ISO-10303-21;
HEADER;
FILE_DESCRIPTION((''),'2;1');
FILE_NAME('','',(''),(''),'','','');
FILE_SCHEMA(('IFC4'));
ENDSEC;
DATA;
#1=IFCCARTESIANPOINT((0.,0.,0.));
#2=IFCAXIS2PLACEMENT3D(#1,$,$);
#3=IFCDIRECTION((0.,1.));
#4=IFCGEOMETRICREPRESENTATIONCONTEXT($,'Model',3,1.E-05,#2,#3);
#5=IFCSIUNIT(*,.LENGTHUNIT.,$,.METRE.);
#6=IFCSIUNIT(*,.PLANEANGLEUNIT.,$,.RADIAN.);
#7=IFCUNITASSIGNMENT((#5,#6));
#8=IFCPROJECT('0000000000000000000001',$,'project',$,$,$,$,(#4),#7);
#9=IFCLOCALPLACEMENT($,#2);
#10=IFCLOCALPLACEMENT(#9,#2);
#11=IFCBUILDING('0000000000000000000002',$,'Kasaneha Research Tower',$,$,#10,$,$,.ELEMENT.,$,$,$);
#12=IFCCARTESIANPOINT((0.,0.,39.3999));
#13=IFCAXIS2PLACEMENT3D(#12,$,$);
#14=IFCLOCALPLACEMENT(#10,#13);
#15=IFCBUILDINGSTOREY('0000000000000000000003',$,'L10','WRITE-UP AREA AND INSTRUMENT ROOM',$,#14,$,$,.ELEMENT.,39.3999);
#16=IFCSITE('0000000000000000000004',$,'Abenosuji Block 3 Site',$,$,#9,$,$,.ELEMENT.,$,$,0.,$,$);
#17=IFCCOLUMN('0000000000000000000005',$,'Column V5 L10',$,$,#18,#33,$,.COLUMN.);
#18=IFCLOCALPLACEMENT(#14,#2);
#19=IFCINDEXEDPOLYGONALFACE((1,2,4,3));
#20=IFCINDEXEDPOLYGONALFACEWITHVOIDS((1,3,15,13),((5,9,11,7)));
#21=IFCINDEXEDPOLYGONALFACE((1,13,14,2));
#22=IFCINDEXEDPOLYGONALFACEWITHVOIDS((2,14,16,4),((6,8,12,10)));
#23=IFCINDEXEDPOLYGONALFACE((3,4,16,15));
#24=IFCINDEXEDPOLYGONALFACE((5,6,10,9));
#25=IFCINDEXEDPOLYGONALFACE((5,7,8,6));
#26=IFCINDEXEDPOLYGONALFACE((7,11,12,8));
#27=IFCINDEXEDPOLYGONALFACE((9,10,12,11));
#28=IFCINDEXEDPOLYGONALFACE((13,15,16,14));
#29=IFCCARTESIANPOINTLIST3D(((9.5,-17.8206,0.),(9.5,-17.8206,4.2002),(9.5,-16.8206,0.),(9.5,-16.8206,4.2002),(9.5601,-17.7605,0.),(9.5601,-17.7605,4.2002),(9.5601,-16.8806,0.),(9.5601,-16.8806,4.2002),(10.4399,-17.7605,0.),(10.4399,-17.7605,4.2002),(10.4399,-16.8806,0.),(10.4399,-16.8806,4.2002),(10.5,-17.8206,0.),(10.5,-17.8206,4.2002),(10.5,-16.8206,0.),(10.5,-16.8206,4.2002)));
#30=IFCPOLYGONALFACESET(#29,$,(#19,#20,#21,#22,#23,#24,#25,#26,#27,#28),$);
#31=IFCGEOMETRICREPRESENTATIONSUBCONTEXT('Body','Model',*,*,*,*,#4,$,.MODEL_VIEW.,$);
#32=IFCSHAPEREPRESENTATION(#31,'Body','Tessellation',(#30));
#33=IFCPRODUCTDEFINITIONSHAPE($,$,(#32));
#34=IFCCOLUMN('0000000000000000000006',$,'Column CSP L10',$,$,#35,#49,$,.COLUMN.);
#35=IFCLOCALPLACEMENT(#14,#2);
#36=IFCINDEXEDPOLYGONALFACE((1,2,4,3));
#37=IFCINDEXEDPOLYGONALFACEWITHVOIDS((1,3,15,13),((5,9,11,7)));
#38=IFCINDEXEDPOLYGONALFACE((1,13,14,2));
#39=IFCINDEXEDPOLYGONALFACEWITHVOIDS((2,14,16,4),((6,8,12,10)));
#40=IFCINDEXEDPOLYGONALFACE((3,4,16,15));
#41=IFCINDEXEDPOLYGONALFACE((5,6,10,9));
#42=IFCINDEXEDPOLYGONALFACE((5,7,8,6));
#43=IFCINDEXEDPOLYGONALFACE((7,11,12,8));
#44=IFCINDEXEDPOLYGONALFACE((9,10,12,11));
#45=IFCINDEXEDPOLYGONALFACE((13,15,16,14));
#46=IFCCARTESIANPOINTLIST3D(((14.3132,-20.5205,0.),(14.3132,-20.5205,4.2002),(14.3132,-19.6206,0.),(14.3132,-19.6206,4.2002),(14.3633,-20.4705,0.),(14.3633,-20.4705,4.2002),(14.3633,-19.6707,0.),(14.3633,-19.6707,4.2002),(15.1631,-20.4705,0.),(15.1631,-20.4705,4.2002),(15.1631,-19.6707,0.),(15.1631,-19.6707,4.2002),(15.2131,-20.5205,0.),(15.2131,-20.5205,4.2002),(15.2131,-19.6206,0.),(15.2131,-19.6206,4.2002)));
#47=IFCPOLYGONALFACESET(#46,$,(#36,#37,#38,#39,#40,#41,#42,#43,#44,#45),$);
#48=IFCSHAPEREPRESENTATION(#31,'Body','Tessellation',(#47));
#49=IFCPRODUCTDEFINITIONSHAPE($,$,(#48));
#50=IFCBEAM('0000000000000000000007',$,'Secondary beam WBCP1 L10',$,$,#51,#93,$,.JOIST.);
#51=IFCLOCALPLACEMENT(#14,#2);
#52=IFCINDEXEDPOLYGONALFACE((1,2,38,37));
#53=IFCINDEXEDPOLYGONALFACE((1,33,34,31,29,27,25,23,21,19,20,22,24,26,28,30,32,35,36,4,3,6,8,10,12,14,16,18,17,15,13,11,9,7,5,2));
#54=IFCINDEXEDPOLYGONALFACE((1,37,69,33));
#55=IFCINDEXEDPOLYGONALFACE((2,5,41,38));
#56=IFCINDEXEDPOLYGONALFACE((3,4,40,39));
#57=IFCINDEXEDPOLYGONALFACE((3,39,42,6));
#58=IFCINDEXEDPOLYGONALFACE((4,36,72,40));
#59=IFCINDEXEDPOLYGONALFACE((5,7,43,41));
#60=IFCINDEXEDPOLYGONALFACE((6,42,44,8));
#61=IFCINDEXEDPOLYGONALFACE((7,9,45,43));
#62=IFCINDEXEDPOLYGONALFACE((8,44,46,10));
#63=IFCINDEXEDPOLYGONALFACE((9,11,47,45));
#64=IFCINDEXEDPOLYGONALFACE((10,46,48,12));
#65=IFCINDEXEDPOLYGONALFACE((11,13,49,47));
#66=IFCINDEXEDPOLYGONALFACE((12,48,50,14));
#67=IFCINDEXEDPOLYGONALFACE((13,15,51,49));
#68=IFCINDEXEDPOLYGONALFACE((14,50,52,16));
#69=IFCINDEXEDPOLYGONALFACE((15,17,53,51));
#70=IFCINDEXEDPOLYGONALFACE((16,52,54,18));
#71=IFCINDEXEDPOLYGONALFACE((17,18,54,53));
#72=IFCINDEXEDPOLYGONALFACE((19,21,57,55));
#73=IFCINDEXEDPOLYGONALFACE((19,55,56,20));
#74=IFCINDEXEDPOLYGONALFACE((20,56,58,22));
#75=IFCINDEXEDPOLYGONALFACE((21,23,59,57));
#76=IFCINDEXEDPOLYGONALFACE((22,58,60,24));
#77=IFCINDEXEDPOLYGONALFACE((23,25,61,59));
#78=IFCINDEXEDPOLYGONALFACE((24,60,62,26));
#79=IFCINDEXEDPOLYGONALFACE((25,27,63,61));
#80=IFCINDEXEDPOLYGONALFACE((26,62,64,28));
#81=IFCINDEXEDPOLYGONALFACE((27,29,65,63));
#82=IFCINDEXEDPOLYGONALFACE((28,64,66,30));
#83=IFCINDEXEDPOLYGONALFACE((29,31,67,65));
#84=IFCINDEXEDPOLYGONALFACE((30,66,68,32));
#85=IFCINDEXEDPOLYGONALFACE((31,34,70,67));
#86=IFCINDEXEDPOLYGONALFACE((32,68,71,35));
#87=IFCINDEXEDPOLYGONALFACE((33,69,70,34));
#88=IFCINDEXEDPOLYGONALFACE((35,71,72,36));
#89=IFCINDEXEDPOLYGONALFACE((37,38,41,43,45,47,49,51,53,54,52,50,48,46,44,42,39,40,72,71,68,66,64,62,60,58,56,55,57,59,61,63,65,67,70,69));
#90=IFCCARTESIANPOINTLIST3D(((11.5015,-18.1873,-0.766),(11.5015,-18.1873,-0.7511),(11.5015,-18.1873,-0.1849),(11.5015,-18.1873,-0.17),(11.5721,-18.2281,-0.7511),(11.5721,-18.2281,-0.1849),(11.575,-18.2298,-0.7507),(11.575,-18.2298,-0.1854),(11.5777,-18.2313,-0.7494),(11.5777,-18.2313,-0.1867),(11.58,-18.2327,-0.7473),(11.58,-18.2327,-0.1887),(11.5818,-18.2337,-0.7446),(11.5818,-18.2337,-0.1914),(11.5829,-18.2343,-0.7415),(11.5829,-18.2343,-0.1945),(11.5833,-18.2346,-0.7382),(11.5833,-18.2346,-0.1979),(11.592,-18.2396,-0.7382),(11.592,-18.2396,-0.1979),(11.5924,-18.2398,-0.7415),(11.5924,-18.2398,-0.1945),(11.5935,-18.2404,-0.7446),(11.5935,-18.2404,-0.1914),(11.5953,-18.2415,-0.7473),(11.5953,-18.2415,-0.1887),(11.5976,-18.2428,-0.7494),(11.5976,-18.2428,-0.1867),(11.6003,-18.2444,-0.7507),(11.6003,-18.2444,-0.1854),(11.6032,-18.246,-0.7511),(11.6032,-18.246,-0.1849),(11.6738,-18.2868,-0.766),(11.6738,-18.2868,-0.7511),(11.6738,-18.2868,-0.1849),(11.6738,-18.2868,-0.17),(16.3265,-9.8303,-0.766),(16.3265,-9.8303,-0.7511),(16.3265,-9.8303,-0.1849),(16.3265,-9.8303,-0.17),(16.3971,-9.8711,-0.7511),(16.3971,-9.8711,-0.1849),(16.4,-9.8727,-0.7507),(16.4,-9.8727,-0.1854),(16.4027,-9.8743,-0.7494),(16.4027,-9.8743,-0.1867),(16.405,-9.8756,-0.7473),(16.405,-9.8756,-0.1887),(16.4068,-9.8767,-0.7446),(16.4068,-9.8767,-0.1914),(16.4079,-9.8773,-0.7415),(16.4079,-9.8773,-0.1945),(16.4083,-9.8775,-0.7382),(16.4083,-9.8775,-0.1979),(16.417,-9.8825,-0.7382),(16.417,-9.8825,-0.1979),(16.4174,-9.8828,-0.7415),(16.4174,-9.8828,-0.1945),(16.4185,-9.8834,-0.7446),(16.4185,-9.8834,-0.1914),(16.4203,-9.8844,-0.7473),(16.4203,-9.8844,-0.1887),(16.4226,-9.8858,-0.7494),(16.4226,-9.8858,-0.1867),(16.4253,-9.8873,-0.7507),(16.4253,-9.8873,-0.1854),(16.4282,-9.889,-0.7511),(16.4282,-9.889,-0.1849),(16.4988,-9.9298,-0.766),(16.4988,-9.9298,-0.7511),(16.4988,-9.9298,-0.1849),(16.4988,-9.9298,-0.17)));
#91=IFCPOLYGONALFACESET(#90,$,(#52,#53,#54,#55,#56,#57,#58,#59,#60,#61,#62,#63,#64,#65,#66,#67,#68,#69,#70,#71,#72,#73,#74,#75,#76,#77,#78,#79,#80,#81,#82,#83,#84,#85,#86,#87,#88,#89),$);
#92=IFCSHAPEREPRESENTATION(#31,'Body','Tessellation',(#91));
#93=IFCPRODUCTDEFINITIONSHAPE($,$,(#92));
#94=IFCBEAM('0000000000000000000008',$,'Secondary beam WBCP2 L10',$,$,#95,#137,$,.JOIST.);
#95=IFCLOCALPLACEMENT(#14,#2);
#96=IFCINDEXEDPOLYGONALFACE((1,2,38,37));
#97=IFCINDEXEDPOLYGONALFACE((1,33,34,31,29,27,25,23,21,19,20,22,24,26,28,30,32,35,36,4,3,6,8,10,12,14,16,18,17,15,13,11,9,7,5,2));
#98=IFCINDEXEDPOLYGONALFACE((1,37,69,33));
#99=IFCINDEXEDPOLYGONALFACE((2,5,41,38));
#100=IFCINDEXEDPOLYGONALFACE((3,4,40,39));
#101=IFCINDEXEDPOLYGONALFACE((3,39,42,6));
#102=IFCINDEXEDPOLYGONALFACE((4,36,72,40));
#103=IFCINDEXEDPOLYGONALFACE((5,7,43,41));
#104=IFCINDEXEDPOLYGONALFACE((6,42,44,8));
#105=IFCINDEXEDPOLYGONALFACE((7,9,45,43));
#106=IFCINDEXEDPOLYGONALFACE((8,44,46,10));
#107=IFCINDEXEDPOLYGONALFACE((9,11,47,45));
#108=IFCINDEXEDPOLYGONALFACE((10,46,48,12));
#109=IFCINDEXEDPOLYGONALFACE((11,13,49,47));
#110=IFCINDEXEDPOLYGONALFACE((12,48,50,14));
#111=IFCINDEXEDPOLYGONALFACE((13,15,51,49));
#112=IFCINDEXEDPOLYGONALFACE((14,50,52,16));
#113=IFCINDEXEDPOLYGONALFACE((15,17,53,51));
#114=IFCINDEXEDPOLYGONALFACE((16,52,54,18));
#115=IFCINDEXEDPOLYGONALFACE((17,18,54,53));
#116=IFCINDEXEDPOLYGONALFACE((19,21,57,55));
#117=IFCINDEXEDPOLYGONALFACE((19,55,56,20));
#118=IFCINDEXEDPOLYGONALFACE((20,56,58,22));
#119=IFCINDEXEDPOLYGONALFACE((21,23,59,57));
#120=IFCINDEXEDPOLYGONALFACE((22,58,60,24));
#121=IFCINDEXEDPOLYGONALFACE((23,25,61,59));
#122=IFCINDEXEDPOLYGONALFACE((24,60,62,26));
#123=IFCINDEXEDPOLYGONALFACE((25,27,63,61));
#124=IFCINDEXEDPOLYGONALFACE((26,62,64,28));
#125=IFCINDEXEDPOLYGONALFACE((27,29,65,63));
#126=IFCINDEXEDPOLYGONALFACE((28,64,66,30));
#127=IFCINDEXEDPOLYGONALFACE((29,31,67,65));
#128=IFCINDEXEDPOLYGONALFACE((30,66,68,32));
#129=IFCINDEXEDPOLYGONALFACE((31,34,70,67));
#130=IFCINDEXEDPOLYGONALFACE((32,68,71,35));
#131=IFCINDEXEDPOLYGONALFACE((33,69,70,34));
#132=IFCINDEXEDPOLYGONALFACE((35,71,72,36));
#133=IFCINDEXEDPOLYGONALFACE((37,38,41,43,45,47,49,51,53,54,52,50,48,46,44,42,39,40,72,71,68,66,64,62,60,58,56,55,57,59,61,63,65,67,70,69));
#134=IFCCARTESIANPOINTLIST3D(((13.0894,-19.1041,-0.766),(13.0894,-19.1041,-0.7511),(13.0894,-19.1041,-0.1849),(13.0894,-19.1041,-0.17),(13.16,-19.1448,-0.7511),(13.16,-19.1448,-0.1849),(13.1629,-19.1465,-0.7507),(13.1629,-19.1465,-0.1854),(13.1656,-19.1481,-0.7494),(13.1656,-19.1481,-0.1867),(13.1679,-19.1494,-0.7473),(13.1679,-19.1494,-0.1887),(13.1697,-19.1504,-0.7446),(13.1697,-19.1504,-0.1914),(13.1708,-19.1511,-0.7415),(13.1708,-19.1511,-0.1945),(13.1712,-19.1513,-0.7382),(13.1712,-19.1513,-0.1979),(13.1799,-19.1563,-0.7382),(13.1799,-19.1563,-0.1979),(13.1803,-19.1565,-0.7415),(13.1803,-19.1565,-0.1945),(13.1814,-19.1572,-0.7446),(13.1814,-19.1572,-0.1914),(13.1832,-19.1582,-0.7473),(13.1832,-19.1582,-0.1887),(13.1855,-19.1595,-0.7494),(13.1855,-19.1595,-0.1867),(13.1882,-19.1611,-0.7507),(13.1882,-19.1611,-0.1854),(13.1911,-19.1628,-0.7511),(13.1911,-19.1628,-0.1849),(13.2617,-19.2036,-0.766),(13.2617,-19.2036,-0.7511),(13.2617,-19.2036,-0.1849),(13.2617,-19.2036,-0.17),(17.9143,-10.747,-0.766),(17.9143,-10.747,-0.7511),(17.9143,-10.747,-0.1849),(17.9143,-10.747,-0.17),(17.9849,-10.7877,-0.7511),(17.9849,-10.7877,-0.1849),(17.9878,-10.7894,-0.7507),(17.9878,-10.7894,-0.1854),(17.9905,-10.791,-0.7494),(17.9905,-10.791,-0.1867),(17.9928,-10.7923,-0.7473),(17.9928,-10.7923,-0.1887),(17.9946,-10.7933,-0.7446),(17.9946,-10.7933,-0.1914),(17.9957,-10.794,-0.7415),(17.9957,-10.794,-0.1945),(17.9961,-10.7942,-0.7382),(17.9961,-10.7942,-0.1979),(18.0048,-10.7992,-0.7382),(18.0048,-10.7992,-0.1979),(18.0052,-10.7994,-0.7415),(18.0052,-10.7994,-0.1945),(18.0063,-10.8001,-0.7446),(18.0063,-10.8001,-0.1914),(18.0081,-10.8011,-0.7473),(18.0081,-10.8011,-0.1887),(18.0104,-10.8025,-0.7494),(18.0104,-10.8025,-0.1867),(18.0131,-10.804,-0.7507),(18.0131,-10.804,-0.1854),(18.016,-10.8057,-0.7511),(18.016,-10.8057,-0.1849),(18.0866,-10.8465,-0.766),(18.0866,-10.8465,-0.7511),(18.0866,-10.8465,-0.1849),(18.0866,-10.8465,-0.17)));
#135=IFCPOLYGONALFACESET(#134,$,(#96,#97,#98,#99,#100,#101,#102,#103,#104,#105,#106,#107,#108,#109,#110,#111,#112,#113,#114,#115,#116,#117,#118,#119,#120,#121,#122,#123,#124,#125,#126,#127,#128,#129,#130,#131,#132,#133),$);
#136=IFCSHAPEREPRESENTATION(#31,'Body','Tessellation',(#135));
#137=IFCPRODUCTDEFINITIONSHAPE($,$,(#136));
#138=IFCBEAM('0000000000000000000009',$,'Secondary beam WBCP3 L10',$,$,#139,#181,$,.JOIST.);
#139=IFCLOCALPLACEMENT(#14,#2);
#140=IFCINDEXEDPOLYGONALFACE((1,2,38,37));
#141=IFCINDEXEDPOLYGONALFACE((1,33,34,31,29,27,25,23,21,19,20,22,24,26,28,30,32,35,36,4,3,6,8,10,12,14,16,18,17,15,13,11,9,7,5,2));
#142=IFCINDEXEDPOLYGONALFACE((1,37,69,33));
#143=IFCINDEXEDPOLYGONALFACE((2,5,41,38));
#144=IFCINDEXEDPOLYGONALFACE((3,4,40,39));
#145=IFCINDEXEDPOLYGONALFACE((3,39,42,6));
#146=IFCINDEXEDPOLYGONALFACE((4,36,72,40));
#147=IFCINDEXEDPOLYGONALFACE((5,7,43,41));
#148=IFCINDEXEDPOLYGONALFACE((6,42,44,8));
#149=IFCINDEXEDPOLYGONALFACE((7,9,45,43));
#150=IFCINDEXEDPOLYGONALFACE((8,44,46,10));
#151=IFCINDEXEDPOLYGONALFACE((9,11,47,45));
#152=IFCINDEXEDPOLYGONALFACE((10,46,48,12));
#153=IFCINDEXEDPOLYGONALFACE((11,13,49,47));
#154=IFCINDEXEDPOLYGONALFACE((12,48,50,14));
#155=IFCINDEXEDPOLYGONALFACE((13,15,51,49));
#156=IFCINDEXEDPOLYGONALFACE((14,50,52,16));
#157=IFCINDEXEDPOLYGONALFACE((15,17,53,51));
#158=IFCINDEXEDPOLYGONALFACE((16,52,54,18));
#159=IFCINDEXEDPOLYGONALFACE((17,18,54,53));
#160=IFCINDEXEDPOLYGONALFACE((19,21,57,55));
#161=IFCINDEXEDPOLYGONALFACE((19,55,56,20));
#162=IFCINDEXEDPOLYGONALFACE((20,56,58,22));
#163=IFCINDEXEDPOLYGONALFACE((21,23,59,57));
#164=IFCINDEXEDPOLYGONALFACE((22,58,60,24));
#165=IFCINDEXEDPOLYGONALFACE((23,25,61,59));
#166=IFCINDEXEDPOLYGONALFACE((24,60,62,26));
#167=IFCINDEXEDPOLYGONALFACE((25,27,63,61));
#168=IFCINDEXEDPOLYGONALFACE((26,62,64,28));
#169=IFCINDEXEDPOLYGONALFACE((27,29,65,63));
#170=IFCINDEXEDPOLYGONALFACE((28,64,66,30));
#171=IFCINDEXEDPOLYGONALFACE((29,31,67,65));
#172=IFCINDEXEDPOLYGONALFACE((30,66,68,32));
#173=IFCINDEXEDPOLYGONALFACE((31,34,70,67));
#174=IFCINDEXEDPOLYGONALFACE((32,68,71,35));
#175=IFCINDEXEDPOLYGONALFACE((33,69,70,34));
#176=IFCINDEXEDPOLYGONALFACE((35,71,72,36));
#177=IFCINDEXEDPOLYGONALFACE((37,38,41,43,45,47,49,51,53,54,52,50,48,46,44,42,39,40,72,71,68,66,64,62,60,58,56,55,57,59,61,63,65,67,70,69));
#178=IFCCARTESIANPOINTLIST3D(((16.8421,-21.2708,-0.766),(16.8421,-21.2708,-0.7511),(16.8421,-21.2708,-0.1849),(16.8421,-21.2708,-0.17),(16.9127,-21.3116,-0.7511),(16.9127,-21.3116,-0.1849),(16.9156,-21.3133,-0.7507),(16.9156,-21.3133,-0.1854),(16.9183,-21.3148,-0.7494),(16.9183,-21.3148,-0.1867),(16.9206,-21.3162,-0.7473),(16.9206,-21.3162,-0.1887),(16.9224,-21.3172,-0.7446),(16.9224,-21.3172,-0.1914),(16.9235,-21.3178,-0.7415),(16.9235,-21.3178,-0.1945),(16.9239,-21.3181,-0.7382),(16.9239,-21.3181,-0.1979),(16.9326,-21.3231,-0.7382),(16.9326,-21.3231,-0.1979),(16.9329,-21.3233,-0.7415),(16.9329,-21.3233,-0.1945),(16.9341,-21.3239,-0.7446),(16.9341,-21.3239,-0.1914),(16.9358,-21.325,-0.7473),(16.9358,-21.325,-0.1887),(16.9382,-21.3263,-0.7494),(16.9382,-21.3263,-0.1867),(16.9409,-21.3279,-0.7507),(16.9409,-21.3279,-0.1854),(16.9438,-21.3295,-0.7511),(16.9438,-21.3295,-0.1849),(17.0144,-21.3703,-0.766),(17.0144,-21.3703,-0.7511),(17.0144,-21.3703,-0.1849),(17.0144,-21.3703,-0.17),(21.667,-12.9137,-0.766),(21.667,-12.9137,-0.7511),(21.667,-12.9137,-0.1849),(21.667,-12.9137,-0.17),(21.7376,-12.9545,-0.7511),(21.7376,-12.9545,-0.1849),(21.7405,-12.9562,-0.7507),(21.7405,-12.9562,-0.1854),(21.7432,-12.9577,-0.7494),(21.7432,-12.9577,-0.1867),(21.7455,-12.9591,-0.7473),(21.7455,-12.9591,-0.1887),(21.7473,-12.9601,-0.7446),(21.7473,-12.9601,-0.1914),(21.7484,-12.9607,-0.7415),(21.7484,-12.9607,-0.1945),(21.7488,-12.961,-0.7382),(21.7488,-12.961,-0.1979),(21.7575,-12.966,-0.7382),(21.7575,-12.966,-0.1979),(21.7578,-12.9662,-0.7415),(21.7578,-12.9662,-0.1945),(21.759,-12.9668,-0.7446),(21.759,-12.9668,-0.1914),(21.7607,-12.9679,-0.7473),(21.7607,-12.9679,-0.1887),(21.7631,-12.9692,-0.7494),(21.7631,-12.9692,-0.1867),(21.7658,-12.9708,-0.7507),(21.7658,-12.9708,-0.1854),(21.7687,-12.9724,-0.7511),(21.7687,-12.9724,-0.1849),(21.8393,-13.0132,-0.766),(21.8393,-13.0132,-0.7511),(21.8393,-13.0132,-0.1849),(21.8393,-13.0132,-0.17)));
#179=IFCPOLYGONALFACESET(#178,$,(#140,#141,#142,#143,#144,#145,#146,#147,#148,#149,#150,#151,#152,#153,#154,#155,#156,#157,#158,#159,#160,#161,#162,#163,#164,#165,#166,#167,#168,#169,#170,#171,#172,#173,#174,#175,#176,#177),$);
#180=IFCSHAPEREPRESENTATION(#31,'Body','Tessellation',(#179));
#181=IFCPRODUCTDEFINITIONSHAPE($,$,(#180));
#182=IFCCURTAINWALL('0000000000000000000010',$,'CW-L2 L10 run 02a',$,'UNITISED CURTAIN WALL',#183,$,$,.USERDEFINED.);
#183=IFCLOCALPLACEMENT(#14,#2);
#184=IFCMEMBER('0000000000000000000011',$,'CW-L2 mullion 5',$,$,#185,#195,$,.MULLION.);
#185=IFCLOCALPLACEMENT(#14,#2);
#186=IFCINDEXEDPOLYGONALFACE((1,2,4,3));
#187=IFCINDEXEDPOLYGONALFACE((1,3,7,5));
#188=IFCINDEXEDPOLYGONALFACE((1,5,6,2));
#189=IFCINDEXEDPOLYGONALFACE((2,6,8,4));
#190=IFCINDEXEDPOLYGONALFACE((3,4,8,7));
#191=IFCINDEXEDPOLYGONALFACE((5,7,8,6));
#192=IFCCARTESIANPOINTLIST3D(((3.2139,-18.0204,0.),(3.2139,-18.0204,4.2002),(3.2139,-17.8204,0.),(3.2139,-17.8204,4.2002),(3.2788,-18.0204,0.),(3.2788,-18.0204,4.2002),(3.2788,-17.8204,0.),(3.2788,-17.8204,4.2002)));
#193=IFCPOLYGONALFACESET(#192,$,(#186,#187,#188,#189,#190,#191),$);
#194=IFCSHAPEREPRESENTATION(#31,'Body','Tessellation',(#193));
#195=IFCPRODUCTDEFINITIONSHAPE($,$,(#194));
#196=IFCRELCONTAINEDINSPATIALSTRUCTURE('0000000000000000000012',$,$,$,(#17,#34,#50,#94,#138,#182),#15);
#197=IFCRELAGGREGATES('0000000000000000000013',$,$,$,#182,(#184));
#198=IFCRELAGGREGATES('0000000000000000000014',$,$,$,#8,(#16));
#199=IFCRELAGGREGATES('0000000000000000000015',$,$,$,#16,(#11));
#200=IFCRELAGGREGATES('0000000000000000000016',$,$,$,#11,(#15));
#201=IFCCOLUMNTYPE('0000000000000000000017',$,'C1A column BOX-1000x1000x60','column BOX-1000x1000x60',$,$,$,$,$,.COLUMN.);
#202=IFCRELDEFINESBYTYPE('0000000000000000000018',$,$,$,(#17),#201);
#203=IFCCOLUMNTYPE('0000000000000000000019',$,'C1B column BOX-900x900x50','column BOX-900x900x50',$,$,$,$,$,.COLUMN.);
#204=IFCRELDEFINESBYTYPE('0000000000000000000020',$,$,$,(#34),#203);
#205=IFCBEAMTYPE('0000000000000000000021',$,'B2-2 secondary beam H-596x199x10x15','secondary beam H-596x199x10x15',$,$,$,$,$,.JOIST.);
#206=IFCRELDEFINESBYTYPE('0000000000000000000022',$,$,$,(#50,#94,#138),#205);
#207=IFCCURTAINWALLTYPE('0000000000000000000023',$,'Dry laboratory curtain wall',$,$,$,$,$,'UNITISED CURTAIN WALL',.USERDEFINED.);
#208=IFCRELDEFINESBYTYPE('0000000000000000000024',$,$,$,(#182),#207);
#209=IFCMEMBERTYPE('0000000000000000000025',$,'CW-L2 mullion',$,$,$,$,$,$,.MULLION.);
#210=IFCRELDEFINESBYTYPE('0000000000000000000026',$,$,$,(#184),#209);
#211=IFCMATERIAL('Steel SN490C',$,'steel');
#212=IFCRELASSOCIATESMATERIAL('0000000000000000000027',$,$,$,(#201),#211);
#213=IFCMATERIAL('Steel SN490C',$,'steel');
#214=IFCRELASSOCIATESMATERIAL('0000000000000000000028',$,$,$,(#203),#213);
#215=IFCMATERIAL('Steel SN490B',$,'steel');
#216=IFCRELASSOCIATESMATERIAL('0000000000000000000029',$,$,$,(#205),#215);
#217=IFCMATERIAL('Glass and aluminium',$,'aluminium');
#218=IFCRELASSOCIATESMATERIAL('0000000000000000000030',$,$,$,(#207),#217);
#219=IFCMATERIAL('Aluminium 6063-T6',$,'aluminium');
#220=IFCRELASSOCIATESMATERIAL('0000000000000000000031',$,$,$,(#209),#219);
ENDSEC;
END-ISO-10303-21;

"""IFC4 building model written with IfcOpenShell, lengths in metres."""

from ifc_helpers import new_model, si_unit, direction, frame, origin, origin_2d, place, context, subcontext, project, spatial, rectangle, hollow_rectangle, i_section, extrude, material, material_profile, profile_set, type_object, element, aggregate, save


model = new_model("IFC4")

# Units and contexts
model_context = context("Model", 3, precision=1e-05, world=origin(), true_north=direction((0.0, 1.0)))
body_context = subcontext(model_context, "Body", "Model", "MODEL_VIEW")
ifc_project = project(units=[si_unit("LENGTHUNIT", "METRE"), si_unit("PLANEANGLEUNIT", "RADIAN")], contexts=[model_context])

# Site, building, storey
site_placement = place(None, origin())
site = spatial("IfcSite", under=ifc_project, at=site_placement, Name="Abenosuji Block 3 Site", CompositionType="ELEMENT", RefElevation=0.0)
building_placement = place(site_placement, origin())
building = spatial("IfcBuilding", under=site, at=building_placement, Name="Kasaneha Research Tower", CompositionType="ELEMENT")
storey_placement = place(building_placement, frame((0.0, 0.0, 39.3999)))
storey = spatial("IfcBuildingStorey", under=building, at=storey_placement, Name="L10", Description="WRITE-UP AREA AND INSTRUMENT ROOM", CompositionType="ELEMENT", Elevation=39.3999)

# Columns
ifc_material_1 = material(Name="Steel SN490C", Category="steel")
ifc_material_profile_1 = material_profile(ifc_material_1, hollow_rectangle(XDim=1.0, YDim=1.0, WallThickness=0.0601, at=origin_2d()), Name="BOX-1000x1000x60")
ifc_profile_set_1 = profile_set([ifc_material_profile_1], Name="Steel SN490C")
column_type_1 = type_object("IfcColumnType", Name="C1A column BOX-1000x1000x60", Description="column BOX-1000x1000x60", PredefinedType="COLUMN", material=ifc_profile_set_1)
column_1_placement = place(storey_placement, frame((10.0, -17.3206, 0.0), z_axis=(0.0, 0.0, 1.0), x_axis=(1.0, 0.0, 0.0)))
element("IfcColumn", 1, at=column_1_placement, inside=storey, type_object=column_type_1, Name="Column V5 L10", PredefinedType="COLUMN", context=body_context, shape_type="SweptSolid", body=[
    extrude(hollow_rectangle(XDim=1.0, YDim=1.0, WallThickness=0.0601, at=origin_2d()), origin(), (0.0, 0.0, 1.0), 4.2002),
])
ifc_material_2 = material(Name="Steel SN490C", Category="steel")
ifc_material_profile_2 = material_profile(ifc_material_2, hollow_rectangle(XDim=0.8999, YDim=0.8999, WallThickness=0.05, at=origin_2d()), Name="BOX-900x900x50")
ifc_profile_set_2 = profile_set([ifc_material_profile_2], Name="Steel SN490C")
column_type_2 = type_object("IfcColumnType", Name="C1B column BOX-900x900x50", Description="column BOX-900x900x50", PredefinedType="COLUMN", material=ifc_profile_set_2)
column_2_placement = place(storey_placement, frame((14.7632, -20.0706, 0.0), z_axis=(0.0, 0.0, 1.0), x_axis=(1.0, 0.0, 0.0)))
element("IfcColumn", 2, at=column_2_placement, inside=storey, type_object=column_type_2, Name="Column CSP L10", PredefinedType="COLUMN", context=body_context, shape_type="SweptSolid", body=[
    extrude(hollow_rectangle(XDim=0.8999, YDim=0.8999, WallThickness=0.05, at=origin_2d()), origin(), (0.0, 0.0, 1.0), 4.2002),
])

# Beams
ifc_material_3 = material(Name="Steel SN490B", Category="steel")
ifc_material_profile_3 = material_profile(ifc_material_3, i_section(OverallWidth=0.199, OverallDepth=0.5959, WebThickness=0.01, FlangeThickness=0.0149, FilletRadius=0.0129, at=origin_2d()), Name="H-596x199x10x15")
ifc_profile_set_3 = profile_set([ifc_material_profile_3], Name="Steel SN490B")
beam_type_1 = type_object("IfcBeamType", Name="B2-2 secondary beam H-596x199x10x15", Description="secondary beam H-596x199x10x15", PredefinedType="JOIST", material=ifc_profile_set_3)
for number, where, z_axis, x_axis, name in (
    (3, (11.5876, -18.2371, -0.468), (0.500006, 0.866022, 0.0), (-0.866022, 0.500006, 0.0), "Secondary beam WBCP1 L10"),
    (4, (13.1755, -19.1538, -0.468), (0.499995, 0.866028, 0.0), (-0.866028, 0.499995, 0.0), "Secondary beam WBCP2 L10"),
    (5, (16.9282, -21.3206, -0.468), (0.499995, 0.866028, 0.0), (-0.866028, 0.499995, 0.0), "Secondary beam WBCP3 L10"),
):
    element("IfcBeam", number, at=place(storey_placement, frame(where, z_axis=z_axis, x_axis=x_axis)), inside=storey, type_object=beam_type_1, Name=name, PredefinedType="JOIST", context=body_context, shape_type="SweptSolid", body=[
        extrude(i_section(OverallWidth=0.199, OverallDepth=0.5959, WebThickness=0.01, FlangeThickness=0.0149, FilletRadius=0.0129, at=origin_2d()), origin(), (0.0, 0.0, 1.0), 9.6499),
    ])

# Curtain wall, member
ifc_material_4 = material(Name="Glass and aluminium", Category="aluminium")
curtain_wall_type = type_object("IfcCurtainWallType", Name="Dry laboratory curtain wall", ElementType="UNITISED CURTAIN WALL", PredefinedType="USERDEFINED", material=ifc_material_4)
curtain_wall_1_placement = place(storey_placement, origin())
curtain_wall_1 = element("IfcCurtainWall", 6, at=curtain_wall_1_placement, inside=storey, type_object=curtain_wall_type, Name="CW-L2 L10 run 02a", ObjectType="UNITISED CURTAIN WALL", PredefinedType="USERDEFINED")
ifc_material_5 = material(Name="Aluminium 6063-T6", Category="aluminium")
ifc_material_profile_4 = material_profile(ifc_material_5, rectangle(XDim=0.0649, YDim=0.2, at=origin_2d()), Name="CW-L2 mullion 65x200")
ifc_profile_set_4 = profile_set([ifc_material_profile_4], Name="Aluminium 6063-T6")
member_type_1 = type_object("IfcMemberType", Name="CW-L2 mullion", PredefinedType="MULLION", material=ifc_profile_set_4)
member_1_placement = place(storey_placement, frame((3.2463, -17.9204, 0.0), z_axis=(0.0, 0.0, 1.0), x_axis=(1.0, 0.0, 0.0)))
member_1 = element("IfcMember", 7, at=member_1_placement, type_object=member_type_1, Name="CW-L2 mullion 5", PredefinedType="MULLION", context=body_context, shape_type="SweptSolid", body=[
    extrude(rectangle(XDim=0.0649, YDim=0.2, at=origin_2d()), origin(), (0.0, 0.0, 1.0), 4.2002),
])

aggregate(curtain_wall_1, [member_1])

save(model, "model.ifc")
